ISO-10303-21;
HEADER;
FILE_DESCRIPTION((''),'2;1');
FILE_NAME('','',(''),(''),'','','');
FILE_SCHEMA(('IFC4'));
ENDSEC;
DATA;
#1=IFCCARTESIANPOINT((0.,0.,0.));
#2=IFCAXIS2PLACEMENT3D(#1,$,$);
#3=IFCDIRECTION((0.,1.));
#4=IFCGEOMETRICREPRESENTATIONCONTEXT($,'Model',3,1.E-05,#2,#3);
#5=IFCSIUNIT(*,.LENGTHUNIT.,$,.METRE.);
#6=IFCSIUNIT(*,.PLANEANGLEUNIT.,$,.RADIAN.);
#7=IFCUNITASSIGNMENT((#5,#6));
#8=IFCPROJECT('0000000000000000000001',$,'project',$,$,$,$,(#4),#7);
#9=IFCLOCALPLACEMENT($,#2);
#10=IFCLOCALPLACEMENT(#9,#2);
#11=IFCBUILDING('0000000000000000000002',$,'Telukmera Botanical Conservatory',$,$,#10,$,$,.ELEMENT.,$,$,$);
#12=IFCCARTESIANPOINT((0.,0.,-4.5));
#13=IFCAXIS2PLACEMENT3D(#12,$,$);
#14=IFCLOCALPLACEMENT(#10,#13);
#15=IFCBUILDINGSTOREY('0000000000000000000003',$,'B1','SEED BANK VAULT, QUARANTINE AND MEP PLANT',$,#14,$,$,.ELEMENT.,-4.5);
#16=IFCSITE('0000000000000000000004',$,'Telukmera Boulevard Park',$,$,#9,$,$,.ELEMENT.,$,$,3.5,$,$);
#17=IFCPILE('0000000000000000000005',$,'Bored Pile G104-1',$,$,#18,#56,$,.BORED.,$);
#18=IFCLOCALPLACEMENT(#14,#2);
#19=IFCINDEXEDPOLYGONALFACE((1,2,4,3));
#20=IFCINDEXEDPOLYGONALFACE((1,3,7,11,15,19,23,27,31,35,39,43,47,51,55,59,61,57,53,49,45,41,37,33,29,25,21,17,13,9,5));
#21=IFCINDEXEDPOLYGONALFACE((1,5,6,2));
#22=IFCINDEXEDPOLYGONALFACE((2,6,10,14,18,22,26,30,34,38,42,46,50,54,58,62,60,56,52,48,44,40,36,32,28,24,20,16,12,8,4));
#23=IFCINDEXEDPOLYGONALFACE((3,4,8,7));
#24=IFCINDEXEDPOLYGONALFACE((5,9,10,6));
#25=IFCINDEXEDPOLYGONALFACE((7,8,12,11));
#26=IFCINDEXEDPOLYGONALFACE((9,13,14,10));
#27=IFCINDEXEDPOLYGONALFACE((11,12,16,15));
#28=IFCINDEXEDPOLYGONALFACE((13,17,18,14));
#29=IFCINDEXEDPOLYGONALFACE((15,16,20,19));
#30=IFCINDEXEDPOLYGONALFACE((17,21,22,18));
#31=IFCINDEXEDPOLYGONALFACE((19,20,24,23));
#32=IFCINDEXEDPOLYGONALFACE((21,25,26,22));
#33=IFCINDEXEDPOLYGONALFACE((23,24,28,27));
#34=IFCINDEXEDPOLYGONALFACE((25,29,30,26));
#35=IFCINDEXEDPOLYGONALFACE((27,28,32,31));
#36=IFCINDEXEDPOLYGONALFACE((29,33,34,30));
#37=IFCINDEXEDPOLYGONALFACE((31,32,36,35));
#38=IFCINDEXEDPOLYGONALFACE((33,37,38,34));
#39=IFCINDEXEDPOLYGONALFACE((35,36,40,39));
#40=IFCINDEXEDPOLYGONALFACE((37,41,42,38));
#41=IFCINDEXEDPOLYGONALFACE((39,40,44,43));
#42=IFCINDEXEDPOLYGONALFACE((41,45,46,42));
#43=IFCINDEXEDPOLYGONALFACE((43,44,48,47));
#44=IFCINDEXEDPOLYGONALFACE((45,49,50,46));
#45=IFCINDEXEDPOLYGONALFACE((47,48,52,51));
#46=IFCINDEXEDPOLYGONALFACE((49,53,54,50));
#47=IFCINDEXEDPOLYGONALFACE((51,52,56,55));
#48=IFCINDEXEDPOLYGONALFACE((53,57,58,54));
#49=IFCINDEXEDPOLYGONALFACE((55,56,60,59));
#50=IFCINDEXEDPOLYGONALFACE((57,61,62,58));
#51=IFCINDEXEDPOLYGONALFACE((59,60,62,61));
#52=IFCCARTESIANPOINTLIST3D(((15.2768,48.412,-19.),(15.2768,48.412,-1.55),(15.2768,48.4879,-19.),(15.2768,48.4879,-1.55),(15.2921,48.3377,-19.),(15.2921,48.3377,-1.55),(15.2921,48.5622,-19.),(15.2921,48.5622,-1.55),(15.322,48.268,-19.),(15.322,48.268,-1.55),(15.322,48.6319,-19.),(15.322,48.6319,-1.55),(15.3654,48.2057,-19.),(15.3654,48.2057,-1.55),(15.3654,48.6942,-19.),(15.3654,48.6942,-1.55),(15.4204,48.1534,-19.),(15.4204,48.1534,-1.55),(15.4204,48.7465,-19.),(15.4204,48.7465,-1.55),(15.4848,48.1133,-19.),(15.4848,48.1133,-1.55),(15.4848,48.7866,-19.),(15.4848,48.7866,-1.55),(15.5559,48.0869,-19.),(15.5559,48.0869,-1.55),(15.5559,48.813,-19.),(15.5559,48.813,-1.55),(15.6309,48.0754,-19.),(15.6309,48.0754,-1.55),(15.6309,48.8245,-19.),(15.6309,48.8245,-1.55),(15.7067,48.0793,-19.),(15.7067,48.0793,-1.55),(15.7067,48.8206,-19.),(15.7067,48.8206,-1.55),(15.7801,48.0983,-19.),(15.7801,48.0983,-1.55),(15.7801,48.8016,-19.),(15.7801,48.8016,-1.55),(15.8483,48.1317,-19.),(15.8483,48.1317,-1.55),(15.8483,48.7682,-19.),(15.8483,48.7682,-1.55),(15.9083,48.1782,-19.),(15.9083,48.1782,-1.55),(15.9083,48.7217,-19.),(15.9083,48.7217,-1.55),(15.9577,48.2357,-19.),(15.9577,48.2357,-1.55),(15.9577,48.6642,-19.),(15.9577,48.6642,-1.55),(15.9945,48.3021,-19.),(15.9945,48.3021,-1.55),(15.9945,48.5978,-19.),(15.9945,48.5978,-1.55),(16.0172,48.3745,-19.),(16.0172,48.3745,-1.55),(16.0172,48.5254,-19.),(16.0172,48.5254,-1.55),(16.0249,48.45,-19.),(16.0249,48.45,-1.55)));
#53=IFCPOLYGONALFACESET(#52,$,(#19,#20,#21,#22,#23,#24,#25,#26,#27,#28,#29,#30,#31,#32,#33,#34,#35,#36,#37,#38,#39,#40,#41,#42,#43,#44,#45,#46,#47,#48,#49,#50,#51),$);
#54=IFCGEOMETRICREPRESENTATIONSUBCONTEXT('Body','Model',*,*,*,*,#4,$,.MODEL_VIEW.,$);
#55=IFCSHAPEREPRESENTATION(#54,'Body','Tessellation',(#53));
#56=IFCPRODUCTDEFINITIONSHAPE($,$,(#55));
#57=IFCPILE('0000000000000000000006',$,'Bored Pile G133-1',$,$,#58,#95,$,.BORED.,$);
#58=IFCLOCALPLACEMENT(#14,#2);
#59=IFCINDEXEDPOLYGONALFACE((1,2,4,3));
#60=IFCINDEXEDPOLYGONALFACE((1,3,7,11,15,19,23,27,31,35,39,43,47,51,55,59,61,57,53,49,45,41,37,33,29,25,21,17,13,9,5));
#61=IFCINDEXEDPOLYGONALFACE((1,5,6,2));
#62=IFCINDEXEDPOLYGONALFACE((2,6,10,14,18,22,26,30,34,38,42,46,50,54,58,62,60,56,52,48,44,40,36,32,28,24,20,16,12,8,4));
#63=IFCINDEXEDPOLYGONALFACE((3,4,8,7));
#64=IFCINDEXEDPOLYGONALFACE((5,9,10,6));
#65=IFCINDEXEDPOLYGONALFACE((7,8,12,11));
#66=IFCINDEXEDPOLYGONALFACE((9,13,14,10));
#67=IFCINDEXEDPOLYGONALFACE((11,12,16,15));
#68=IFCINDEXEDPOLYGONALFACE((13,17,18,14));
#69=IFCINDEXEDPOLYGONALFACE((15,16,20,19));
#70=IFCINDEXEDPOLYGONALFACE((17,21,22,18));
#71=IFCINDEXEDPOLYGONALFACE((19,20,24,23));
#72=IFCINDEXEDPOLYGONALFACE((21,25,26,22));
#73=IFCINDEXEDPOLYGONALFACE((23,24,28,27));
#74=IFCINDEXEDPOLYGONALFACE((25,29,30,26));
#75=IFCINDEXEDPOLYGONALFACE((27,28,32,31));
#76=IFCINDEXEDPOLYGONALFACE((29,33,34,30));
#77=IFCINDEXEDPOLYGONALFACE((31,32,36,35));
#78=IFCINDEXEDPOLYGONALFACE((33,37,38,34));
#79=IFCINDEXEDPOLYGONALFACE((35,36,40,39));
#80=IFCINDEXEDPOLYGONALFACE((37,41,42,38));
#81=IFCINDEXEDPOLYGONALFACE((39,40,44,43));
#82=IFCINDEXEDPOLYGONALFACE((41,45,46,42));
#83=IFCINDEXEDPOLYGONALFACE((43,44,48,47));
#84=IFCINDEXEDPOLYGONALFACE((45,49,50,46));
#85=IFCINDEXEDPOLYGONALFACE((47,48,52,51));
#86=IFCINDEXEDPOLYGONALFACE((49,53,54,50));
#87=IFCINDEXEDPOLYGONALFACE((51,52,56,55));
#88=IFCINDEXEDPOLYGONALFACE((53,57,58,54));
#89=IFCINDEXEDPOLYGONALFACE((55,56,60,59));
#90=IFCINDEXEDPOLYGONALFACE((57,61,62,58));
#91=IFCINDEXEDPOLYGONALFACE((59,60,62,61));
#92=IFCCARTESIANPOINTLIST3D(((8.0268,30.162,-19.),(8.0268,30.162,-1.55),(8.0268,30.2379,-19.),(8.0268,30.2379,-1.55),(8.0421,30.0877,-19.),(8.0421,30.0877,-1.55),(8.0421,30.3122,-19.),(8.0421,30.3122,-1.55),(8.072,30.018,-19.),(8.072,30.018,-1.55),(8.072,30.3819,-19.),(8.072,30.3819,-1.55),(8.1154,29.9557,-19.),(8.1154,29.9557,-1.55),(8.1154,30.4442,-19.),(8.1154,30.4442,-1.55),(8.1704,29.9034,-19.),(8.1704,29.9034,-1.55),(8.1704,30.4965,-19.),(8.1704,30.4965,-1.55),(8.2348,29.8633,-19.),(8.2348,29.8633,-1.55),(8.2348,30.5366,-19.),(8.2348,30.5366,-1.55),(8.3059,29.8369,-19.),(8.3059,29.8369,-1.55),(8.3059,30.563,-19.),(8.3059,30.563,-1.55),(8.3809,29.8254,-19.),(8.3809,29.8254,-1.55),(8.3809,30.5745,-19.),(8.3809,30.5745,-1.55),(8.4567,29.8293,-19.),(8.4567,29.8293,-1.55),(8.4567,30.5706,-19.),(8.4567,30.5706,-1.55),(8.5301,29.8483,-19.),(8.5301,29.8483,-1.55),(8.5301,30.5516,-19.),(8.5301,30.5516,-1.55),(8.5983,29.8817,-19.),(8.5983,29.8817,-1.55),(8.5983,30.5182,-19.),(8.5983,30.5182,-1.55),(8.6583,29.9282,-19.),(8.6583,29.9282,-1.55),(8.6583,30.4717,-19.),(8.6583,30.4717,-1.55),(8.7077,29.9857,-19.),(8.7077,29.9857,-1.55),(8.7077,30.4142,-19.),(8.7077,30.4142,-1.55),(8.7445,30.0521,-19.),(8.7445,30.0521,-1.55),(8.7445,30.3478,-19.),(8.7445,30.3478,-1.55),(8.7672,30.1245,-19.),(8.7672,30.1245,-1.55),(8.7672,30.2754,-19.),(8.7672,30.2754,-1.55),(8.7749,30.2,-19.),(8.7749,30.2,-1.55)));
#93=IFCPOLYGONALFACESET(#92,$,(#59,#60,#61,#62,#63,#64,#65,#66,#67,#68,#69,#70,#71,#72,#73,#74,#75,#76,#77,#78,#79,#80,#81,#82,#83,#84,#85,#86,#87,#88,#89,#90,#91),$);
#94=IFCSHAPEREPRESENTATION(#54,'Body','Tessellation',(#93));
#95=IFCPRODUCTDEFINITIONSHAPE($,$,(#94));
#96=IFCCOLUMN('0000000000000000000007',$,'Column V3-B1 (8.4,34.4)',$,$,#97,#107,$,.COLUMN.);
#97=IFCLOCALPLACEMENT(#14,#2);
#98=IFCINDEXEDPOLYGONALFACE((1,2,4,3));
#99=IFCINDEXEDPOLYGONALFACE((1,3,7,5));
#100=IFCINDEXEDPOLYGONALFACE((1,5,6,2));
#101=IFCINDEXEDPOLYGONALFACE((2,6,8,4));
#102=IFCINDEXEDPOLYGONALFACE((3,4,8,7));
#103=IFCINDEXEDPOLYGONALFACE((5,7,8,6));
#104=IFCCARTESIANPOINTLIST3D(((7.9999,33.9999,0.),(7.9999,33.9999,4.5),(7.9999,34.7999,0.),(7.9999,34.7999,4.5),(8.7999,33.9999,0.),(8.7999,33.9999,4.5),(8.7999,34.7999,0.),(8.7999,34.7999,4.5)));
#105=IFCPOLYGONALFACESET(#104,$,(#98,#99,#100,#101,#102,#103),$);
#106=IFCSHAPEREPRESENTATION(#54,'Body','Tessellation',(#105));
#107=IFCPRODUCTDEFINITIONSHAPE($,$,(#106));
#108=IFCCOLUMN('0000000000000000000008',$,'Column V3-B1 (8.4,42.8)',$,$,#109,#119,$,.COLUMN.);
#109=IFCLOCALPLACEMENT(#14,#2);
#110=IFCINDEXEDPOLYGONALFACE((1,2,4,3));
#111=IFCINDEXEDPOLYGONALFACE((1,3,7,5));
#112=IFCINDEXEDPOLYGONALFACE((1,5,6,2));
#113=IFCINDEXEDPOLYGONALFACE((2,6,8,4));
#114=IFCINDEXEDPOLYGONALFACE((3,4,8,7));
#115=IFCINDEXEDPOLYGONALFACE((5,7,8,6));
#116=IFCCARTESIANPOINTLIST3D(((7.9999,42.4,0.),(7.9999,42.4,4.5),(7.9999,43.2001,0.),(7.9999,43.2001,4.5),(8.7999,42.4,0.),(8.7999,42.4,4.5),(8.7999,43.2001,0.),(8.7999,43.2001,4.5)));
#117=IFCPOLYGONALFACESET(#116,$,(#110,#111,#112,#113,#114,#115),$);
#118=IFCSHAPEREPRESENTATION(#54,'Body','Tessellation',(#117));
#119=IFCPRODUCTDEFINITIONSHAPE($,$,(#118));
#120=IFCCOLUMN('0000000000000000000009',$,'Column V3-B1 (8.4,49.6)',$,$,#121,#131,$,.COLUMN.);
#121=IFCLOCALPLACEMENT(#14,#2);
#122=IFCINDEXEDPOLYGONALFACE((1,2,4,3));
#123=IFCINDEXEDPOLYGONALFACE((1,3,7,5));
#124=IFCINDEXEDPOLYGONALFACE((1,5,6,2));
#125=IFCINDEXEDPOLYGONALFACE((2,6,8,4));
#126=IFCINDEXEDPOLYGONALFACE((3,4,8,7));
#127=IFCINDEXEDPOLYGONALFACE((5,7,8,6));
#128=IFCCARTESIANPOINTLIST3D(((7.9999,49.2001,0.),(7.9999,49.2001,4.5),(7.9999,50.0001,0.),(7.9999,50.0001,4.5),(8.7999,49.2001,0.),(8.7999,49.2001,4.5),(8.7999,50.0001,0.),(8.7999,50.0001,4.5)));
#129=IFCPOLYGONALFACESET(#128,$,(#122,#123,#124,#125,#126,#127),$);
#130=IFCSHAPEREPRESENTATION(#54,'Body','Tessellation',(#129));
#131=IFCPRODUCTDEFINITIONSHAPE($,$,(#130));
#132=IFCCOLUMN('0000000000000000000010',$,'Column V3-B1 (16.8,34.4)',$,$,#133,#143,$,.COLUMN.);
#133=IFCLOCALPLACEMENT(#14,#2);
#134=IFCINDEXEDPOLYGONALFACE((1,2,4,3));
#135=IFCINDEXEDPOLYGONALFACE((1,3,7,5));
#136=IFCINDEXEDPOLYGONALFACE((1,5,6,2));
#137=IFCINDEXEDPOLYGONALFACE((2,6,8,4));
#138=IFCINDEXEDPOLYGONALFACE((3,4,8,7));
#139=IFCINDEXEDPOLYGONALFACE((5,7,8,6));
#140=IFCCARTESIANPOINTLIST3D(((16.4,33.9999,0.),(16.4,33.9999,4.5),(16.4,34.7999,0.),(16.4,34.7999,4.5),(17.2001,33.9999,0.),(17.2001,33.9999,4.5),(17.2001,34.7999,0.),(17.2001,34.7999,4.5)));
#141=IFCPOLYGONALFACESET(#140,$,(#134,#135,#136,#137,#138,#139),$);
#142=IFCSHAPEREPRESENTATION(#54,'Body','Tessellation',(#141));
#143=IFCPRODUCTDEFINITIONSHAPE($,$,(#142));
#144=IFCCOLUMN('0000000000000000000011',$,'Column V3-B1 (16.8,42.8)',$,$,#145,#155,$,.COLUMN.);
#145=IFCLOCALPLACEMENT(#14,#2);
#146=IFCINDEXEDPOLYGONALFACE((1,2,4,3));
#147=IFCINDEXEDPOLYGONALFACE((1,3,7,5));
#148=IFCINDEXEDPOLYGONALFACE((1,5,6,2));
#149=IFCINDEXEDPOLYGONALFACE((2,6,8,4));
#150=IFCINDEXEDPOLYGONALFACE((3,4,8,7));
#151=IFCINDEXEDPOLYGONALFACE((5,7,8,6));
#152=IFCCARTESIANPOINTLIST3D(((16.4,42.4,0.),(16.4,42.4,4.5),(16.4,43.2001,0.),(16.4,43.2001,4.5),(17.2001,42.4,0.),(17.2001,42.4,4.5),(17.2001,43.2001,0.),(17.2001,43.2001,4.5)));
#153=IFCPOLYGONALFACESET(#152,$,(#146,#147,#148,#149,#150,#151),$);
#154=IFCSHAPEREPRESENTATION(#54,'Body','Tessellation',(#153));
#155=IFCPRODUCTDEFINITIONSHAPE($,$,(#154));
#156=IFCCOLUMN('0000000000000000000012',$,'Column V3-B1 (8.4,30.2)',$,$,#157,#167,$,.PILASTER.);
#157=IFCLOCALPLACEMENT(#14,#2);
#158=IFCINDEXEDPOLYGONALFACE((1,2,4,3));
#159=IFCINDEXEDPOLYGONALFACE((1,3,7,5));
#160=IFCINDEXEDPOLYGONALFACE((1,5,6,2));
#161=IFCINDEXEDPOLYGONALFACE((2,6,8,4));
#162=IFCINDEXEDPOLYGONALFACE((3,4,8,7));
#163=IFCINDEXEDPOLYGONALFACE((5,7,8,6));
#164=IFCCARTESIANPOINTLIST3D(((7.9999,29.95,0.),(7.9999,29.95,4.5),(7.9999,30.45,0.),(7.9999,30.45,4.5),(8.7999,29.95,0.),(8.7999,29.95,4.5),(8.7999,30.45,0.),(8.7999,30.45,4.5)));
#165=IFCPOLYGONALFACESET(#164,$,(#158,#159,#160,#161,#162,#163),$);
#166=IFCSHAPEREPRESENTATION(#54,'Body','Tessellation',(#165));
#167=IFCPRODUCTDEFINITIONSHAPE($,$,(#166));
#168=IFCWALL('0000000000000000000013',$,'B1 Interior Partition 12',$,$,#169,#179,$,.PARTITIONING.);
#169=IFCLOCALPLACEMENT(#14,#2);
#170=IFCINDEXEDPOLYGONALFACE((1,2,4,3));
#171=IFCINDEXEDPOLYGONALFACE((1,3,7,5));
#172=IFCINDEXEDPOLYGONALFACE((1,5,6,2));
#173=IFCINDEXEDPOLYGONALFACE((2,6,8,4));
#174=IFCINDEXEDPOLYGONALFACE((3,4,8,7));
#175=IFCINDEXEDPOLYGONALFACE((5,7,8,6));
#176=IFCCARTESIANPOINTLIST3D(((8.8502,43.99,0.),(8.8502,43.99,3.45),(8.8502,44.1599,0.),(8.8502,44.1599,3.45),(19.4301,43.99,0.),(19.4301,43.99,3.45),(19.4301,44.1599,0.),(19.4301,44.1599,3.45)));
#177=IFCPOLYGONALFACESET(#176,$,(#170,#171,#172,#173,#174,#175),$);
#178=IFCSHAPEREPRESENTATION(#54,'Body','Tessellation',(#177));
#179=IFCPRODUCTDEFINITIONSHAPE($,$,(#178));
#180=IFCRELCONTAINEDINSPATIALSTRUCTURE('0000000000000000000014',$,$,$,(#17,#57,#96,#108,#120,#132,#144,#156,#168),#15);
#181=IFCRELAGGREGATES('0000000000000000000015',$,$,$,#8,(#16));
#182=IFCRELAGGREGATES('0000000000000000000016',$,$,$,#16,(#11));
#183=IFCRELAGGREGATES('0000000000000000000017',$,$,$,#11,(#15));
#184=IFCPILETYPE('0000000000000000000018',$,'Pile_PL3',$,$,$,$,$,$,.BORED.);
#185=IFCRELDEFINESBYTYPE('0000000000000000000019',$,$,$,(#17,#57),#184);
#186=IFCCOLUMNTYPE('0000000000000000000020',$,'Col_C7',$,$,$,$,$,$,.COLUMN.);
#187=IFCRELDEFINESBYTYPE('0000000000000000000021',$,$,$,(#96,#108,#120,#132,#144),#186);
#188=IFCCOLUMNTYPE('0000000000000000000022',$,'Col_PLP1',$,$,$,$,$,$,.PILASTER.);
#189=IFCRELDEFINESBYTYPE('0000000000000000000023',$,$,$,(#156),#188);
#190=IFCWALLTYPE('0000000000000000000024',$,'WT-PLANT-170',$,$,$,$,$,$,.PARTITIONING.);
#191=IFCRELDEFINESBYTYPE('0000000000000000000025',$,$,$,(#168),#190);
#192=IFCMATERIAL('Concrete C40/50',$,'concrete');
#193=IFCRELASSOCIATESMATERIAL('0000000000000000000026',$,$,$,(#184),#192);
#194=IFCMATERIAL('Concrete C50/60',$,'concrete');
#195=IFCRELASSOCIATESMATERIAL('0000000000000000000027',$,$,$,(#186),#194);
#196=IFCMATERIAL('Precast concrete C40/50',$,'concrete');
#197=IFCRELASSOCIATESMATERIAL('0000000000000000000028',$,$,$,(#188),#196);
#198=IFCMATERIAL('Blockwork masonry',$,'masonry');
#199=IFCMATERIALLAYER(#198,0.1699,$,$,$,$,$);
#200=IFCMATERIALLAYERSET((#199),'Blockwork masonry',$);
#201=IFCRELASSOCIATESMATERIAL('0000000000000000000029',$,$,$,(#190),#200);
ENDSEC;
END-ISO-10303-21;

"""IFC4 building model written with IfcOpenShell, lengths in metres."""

from ifc_helpers import new_model, si_unit, direction, frame, frame_2d, origin, origin_2d, place, context, subcontext, project, spatial, rectangle, circle, extrude, material, layer, layer_set, material_profile, profile_set, type_object, element, save


model = new_model("IFC4")

# Units and contexts
model_context = context("Model", 3, precision=1e-05, world=origin(), true_north=direction((0.0, 1.0)))
body_context = subcontext(model_context, "Body", "Model", "MODEL_VIEW")
ifc_project = project(units=[si_unit("LENGTHUNIT", "METRE"), si_unit("PLANEANGLEUNIT", "RADIAN")], contexts=[model_context])

# Site, building, storey
site_placement = place(None, origin())
site = spatial("IfcSite", under=ifc_project, at=site_placement, Name="Telukmera Boulevard Park", CompositionType="ELEMENT", RefElevation=3.5)
building_placement = place(site_placement, origin())
building = spatial("IfcBuilding", under=site, at=building_placement, Name="Telukmera Botanical Conservatory", CompositionType="ELEMENT")
storey_placement = place(building_placement, frame((0.0, 0.0, -4.5)))
storey = spatial("IfcBuildingStorey", under=building, at=storey_placement, Name="B1", Description="SEED BANK VAULT, QUARANTINE AND MEP PLANT", CompositionType="ELEMENT", Elevation=-4.5)

# Shared definitions
ifc_material_1 = material(Name="Concrete C50/60", Category="concrete")
ifc_material_2 = material(Name="Concrete C40/50", Category="concrete")

# Piles
ifc_material_profile_1 = material_profile(ifc_material_2, circle(Radius=0.375, at=origin_2d()), Name="PILE D750")
ifc_profile_set_1 = profile_set([ifc_material_profile_1], Name="Concrete C40/50")
pile_type = type_object("IfcPileType", Name="Pile_PL3", PredefinedType="BORED", material=ifc_profile_set_1)
for number, where, z_axis, x_axis, name in (
    (1, (15.6499, 48.45, -1.55), (0.0, 0.0, -1.0), (1.0, 0.0, 0.0), "Bored Pile G104-1"),
    (2, (8.3999, 30.2, -1.55), (0.0, 0.0, -1.0), (1.0, 0.0, 0.0), "Bored Pile G133-1"),
):
    element("IfcPile", number, at=place(storey_placement, frame(where, z_axis=z_axis, x_axis=x_axis)), inside=storey, type_object=pile_type, Name=name, PredefinedType="BORED", context=body_context, shape_type="SweptSolid", body=[
        extrude(circle(Radius=0.375, at=origin_2d()), origin(), (0.0, 0.0, 1.0), 17.45),
    ])

# Columns
ifc_material_profile_2 = material_profile(ifc_material_1, rectangle(XDim=0.8, YDim=0.8, at=origin_2d()), Name="RC 800x800")
ifc_profile_set_2 = profile_set([ifc_material_profile_2], Name="Concrete C50/60")
column_type_1 = type_object("IfcColumnType", Name="Col_C7", PredefinedType="COLUMN", material=ifc_profile_set_2)
for number, where, z_axis, x_axis, name in (
    (3, (8.3999, 34.3999, 0.0), (0.0, 0.0, 1.0), (1.0, 0.0, 0.0), "Column V3-B1 (8.4,34.4)"),
    (4, (8.3999, 42.8, 0.0), (0.0, 0.0, 1.0), (1.0, 0.0, 0.0), "Column V3-B1 (8.4,42.8)"),
    (5, (8.3999, 49.6001, 0.0), (0.0, 0.0, 1.0), (1.0, 0.0, 0.0), "Column V3-B1 (8.4,49.6)"),
    (6, (16.8, 34.3999, 0.0), (0.0, 0.0, 1.0), (1.0, 0.0, 0.0), "Column V3-B1 (16.8,34.4)"),
    (7, (16.8, 42.8, 0.0), (0.0, 0.0, 1.0), (1.0, 0.0, 0.0), "Column V3-B1 (16.8,42.8)"),
):
    element("IfcColumn", number, at=place(storey_placement, frame(where, z_axis=z_axis, x_axis=x_axis)), inside=storey, type_object=column_type_1, Name=name, PredefinedType="COLUMN", context=body_context, shape_type="SweptSolid", body=[
        extrude(rectangle(XDim=0.8, YDim=0.8, at=origin_2d()), origin(), (0.0, 0.0, 1.0), 4.5),
    ])
ifc_material_3 = material(Name="Precast concrete C40/50", Category="concrete")
ifc_material_profile_3 = material_profile(ifc_material_3, rectangle(XDim=0.8, YDim=0.5, at=origin_2d()), Name="PC 800x500")
ifc_profile_set_3 = profile_set([ifc_material_profile_3], Name="Precast concrete C40/50")
column_type_2 = type_object("IfcColumnType", Name="Col_PLP1", PredefinedType="PILASTER", material=ifc_profile_set_3)
column_placement = place(storey_placement, frame((8.3999, 30.2, 0.0), z_axis=(0.0, 0.0, 1.0), x_axis=(1.0, 0.0, 0.0)))
element("IfcColumn", 8, at=column_placement, inside=storey, type_object=column_type_2, Name="Column V3-B1 (8.4,30.2)", PredefinedType="PILASTER", context=body_context, shape_type="SweptSolid", body=[
    extrude(rectangle(XDim=0.8, YDim=0.5, at=origin_2d()), origin(), (0.0, 0.0, 1.0), 4.5),
])

# Wall
ifc_material_4 = material(Name="Blockwork masonry", Category="masonry")
ifc_layer = layer(ifc_material_4, 0.1699)
ifc_layer_set = layer_set([ifc_layer], Name="Blockwork masonry")
wall_type = type_object("IfcWallType", Name="WT-PLANT-170", PredefinedType="PARTITIONING", material=ifc_layer_set)
wall_placement = place(storey_placement, frame((8.8501, 44.075, 0.0), z_axis=(0.0, 0.0, 1.0), x_axis=(1.0, 0.0, 0.0)))
element("IfcWall", 9, at=wall_placement, inside=storey, type_object=wall_type, Name="B1 Interior Partition 12", PredefinedType="PARTITIONING", context=body_context, shape_type="SweptSolid", body=[
    extrude(rectangle(XDim=10.5798, YDim=0.1699, at=frame_2d((5.29, 0.0))), origin(), (0.0, 0.0, 1.0), 3.45),
])

save(model, "model.ifc")
